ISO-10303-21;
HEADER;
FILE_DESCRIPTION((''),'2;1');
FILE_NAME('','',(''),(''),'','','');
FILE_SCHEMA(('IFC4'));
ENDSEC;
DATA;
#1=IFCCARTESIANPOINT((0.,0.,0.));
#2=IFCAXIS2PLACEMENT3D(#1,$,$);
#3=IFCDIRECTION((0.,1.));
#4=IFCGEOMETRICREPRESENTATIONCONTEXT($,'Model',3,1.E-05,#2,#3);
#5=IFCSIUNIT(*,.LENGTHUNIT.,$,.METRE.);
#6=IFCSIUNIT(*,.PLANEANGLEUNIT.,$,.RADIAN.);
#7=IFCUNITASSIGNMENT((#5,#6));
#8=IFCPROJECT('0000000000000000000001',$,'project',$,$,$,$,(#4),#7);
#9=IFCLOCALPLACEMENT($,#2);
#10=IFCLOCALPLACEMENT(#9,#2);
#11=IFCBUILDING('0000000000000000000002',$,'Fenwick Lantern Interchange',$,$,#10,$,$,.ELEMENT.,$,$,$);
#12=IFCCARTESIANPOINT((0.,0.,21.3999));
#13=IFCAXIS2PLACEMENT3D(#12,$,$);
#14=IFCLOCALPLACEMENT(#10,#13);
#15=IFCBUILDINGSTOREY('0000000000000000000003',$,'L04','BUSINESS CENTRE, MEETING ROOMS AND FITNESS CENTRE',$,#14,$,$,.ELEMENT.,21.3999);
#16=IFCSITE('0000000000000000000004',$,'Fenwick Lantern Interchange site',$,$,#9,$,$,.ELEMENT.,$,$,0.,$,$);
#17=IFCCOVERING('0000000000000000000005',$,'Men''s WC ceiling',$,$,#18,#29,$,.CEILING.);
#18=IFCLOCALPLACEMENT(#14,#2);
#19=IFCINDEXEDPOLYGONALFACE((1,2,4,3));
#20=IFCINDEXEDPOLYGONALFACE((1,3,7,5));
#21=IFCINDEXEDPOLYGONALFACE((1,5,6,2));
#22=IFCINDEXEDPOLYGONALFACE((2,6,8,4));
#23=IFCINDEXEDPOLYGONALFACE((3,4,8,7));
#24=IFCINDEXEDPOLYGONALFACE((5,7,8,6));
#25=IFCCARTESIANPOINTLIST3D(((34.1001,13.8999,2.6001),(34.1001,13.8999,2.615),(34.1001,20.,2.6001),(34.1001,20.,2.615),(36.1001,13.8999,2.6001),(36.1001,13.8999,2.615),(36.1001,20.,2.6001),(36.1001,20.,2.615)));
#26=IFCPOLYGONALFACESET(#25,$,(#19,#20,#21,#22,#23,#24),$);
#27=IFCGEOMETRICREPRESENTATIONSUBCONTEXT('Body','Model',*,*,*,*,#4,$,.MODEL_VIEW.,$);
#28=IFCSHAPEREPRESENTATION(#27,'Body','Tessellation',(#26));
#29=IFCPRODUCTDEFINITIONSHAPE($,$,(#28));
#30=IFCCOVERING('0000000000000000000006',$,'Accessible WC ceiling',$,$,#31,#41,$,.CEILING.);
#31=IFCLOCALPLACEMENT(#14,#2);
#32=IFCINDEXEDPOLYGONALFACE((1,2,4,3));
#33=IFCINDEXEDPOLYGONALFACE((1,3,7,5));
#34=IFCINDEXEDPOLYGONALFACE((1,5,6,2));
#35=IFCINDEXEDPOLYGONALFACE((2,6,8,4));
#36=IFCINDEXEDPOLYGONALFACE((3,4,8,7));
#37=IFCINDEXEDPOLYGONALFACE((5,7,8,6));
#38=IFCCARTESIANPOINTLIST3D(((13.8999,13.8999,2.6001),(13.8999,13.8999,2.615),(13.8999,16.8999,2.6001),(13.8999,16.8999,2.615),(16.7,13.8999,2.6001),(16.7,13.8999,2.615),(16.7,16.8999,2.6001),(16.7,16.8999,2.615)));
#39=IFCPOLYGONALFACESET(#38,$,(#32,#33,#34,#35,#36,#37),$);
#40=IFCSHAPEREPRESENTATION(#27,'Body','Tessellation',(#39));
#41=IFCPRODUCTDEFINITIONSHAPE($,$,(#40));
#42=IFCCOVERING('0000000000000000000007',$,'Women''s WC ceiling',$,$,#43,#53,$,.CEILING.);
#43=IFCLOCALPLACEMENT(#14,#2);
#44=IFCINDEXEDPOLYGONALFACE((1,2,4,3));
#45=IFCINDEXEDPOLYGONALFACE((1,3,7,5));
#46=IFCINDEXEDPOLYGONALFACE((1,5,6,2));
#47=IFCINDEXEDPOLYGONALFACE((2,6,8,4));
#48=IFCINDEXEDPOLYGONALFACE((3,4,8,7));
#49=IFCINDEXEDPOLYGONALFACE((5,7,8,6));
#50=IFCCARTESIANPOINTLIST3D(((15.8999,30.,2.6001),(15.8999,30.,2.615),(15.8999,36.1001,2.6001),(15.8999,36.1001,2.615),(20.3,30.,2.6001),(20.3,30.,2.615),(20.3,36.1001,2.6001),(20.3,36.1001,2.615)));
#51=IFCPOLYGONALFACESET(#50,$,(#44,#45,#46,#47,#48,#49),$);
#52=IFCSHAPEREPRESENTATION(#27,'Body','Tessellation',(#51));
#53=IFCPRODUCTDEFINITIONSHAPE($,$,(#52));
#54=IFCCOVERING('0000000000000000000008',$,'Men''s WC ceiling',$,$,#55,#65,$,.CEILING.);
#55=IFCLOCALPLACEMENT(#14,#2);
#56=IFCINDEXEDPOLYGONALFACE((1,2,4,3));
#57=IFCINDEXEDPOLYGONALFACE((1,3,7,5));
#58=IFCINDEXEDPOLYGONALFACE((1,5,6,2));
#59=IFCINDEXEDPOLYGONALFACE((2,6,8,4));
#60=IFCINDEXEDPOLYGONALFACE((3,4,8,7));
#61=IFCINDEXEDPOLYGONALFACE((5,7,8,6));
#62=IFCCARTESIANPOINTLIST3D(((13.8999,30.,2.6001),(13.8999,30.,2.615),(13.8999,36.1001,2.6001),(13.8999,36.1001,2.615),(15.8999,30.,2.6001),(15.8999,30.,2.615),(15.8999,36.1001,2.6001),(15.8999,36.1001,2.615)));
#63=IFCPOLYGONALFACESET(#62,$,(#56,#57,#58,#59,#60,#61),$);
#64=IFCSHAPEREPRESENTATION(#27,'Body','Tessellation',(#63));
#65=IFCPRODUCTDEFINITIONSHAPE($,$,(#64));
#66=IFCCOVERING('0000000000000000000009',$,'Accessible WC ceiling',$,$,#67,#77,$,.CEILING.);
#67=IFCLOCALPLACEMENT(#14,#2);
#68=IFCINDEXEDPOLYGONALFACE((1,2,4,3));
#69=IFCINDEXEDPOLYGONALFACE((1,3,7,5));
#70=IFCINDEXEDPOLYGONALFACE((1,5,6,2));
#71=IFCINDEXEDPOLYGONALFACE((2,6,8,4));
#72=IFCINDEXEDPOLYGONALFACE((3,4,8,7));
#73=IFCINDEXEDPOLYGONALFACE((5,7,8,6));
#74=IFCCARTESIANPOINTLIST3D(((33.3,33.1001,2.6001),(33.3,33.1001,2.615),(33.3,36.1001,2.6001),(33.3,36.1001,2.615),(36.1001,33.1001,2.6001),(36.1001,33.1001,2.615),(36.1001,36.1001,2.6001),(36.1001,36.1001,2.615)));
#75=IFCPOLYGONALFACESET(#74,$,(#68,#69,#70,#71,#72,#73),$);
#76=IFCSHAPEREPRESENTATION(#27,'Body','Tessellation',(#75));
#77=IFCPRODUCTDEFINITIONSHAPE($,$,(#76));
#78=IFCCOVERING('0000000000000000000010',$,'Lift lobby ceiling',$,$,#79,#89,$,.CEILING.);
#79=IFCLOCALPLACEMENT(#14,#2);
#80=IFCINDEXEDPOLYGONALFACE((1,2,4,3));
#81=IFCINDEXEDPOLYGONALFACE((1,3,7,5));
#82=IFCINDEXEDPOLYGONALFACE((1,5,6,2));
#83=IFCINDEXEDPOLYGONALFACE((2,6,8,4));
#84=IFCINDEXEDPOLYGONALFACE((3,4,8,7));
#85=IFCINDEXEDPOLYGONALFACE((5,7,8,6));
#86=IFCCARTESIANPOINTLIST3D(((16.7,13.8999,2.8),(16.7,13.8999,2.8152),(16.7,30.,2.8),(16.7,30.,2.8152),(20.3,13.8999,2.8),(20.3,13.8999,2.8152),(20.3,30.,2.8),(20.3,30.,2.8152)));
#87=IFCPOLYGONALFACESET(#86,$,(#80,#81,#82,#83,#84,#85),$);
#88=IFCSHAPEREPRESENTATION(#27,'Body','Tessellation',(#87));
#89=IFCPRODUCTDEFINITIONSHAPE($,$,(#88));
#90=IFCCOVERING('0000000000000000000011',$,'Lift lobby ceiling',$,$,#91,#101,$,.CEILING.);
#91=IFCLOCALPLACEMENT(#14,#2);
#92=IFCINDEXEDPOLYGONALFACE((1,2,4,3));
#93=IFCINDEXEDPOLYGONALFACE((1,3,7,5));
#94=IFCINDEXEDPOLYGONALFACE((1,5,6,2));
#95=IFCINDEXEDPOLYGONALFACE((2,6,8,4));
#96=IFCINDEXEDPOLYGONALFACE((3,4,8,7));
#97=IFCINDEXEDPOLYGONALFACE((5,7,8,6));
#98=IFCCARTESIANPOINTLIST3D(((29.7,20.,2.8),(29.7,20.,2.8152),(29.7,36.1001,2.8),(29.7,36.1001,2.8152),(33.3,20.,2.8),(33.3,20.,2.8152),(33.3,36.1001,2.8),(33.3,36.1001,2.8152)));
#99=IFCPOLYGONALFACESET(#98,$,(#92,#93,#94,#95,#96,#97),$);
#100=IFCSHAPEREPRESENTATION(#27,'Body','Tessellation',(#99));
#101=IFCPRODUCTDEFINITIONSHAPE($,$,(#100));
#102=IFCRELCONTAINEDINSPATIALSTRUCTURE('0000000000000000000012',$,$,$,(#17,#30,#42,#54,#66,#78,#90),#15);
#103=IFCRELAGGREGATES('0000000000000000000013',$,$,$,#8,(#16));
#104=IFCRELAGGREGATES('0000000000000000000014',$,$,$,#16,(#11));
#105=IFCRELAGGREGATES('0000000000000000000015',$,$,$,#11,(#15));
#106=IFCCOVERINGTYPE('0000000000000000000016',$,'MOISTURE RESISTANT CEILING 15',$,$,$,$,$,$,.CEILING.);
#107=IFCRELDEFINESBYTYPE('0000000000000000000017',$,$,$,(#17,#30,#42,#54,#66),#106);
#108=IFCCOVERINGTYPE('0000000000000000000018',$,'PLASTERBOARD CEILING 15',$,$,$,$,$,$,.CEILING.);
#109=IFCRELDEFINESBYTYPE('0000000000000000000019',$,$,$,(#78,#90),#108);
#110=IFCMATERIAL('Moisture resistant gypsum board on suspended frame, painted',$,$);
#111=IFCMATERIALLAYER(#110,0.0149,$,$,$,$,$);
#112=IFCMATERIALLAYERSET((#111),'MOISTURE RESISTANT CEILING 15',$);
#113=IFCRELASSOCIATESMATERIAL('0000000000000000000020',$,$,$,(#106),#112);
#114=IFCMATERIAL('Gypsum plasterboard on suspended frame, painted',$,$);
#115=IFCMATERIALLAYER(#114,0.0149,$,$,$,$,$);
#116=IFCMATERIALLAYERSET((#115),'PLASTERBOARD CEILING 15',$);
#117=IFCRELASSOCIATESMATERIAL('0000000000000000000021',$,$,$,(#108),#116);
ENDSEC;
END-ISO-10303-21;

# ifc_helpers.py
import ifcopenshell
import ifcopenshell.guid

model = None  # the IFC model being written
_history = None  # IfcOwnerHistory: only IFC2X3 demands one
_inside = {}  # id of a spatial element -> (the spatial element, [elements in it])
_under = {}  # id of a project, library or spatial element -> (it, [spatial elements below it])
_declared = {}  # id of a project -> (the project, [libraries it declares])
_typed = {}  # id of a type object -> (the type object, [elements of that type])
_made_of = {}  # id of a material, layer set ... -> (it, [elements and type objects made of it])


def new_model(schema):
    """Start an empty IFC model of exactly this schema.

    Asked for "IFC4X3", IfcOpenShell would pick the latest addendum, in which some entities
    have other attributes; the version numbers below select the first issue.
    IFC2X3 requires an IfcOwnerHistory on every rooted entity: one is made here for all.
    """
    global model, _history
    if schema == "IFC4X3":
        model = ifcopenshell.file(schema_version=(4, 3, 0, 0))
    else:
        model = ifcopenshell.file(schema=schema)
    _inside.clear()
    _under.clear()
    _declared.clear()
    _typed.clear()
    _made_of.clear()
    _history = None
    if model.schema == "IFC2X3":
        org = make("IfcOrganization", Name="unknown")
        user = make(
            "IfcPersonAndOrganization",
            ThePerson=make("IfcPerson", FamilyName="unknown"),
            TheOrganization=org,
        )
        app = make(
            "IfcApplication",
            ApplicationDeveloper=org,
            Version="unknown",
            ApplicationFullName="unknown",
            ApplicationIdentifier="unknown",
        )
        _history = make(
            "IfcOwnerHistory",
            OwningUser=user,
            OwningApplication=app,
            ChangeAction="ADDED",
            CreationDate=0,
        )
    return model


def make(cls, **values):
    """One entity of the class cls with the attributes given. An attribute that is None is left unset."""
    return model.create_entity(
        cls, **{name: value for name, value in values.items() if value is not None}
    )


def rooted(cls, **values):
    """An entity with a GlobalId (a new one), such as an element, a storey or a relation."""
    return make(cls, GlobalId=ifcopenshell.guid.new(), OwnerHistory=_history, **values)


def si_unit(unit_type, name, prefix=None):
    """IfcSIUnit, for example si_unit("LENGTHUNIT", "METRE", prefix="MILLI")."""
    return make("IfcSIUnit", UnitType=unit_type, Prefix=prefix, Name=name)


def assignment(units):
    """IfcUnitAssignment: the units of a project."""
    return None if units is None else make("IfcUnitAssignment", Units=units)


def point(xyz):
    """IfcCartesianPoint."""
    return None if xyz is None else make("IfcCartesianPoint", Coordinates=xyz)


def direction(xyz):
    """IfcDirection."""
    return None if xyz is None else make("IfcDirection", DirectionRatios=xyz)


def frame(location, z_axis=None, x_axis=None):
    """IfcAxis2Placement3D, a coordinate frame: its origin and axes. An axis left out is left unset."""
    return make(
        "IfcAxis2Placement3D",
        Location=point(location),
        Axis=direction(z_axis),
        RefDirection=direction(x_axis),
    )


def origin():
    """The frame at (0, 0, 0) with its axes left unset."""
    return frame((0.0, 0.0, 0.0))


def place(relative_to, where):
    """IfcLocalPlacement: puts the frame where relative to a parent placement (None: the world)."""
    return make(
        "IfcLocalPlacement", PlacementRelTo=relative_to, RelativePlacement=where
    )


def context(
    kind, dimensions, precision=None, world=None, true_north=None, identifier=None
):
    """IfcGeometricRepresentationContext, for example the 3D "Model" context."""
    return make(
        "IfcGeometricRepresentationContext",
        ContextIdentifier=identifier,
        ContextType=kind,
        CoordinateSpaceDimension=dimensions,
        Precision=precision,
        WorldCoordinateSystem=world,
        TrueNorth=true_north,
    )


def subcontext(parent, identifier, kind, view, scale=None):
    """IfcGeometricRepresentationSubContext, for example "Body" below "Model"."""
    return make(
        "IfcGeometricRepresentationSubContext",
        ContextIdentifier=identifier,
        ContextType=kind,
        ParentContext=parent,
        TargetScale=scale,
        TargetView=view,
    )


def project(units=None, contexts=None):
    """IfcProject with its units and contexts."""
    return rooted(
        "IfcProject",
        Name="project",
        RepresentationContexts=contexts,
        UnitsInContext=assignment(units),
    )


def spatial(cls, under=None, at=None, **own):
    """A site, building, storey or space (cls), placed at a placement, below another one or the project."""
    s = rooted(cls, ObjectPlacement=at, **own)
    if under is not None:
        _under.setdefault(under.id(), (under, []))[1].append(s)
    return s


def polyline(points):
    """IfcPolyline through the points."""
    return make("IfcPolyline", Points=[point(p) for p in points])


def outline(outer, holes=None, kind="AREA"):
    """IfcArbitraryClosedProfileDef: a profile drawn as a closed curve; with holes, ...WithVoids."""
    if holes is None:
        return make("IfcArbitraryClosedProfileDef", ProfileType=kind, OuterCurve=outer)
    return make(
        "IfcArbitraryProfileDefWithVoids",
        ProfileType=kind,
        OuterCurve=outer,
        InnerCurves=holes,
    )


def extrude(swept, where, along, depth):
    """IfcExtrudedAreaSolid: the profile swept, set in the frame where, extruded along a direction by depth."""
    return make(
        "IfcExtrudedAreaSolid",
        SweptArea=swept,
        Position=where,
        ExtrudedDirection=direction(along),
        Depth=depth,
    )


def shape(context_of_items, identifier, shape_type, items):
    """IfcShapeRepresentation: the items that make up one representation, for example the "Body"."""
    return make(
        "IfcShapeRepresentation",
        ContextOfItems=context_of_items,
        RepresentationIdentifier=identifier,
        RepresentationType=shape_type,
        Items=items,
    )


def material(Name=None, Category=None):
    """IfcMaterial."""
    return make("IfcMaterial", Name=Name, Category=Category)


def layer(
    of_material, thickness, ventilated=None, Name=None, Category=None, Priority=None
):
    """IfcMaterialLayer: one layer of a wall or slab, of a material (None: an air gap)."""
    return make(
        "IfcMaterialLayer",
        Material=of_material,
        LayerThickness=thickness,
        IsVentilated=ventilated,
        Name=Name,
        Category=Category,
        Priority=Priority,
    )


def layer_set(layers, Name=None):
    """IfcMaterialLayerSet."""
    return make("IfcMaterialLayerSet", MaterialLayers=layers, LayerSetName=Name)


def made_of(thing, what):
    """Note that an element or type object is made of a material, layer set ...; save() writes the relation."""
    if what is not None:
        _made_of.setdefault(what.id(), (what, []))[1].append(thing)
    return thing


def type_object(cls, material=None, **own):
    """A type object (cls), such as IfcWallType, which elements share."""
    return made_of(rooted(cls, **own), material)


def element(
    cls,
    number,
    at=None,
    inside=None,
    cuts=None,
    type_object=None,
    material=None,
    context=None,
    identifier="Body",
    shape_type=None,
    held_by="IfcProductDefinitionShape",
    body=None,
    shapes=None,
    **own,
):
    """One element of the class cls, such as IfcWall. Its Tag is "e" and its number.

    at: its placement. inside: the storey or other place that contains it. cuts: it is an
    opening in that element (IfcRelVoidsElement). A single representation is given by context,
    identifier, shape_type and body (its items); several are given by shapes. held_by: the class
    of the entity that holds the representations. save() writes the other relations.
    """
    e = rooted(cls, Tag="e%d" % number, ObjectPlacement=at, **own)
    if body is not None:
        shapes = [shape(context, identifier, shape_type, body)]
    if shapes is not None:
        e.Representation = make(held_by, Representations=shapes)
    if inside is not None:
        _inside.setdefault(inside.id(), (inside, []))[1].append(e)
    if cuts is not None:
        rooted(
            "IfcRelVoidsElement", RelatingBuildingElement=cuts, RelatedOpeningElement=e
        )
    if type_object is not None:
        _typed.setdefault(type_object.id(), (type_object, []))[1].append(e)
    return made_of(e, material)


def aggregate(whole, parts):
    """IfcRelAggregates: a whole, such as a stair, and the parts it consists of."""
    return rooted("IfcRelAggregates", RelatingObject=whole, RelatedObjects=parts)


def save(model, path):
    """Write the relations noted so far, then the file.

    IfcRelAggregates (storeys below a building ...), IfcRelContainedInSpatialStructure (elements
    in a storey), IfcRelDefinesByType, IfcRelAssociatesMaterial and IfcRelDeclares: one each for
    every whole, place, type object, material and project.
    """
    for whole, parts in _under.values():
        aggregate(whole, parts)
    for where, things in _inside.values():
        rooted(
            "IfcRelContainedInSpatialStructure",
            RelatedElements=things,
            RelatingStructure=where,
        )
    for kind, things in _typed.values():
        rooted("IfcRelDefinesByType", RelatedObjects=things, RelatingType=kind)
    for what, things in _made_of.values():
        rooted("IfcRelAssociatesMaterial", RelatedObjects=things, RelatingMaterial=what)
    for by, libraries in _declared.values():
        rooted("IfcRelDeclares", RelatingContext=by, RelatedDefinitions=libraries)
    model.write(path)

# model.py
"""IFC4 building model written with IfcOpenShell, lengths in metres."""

from ifc_helpers import new_model, si_unit, direction, frame, origin, place, context, subcontext, project, spatial, polyline, outline, extrude, material, layer, layer_set, type_object, element, save


model = new_model("IFC4")

# Units and contexts
model_context = context("Model", 3, precision=1e-05, world=origin(), true_north=direction((0.0, 1.0)))
body_context = subcontext(model_context, "Body", "Model", "MODEL_VIEW")
ifc_project = project(units=[si_unit("LENGTHUNIT", "METRE"), si_unit("PLANEANGLEUNIT", "RADIAN")], contexts=[model_context])

# Site, building, storey
site_placement = place(None, origin())
site = spatial("IfcSite", under=ifc_project, at=site_placement, Name="Fenwick Lantern Interchange site", CompositionType="ELEMENT", RefElevation=0.0)
building_placement = place(site_placement, origin())
building = spatial("IfcBuilding", under=site, at=building_placement, Name="Fenwick Lantern Interchange", CompositionType="ELEMENT")
storey_placement = place(building_placement, frame((0.0, 0.0, 21.3999)))
storey = spatial("IfcBuildingStorey", under=building, at=storey_placement, Name="L04", Description="BUSINESS CENTRE, MEETING ROOMS AND FITNESS CENTRE", CompositionType="ELEMENT", Elevation=21.3999)

# Coverings
ifc_material_1 = material(Name="Moisture resistant gypsum board on suspended frame, painted")
ifc_layer_1 = layer(ifc_material_1, 0.0149)
ifc_layer_set_1 = layer_set([ifc_layer_1], Name="MOISTURE RESISTANT CEILING 15")
covering_type_1 = type_object("IfcCoveringType", Name="MOISTURE RESISTANT CEILING 15", PredefinedType="CEILING", material=ifc_layer_set_1)
covering_1_placement = place(storey_placement, frame((0.0, 0.0, 2.6001)))
element("IfcCovering", 1, at=covering_1_placement, inside=storey, type_object=covering_type_1, Name="Men's WC ceiling", PredefinedType="CEILING", context=body_context, shape_type="SweptSolid", body=[
    extrude(outline(polyline([(34.1001, 13.8999), (36.1001, 13.8999), (36.1001, 20.0), (34.1001, 20.0), (34.1001, 13.8999)])), origin(), (0.0, 0.0, 1.0), 0.0149),
])
covering_2_placement = place(storey_placement, frame((0.0, 0.0, 2.6001)))
element("IfcCovering", 2, at=covering_2_placement, inside=storey, type_object=covering_type_1, Name="Accessible WC ceiling", PredefinedType="CEILING", context=body_context, shape_type="SweptSolid", body=[
    extrude(outline(polyline([(13.8999, 13.8999), (16.7, 13.8999), (16.7, 16.8999), (13.8999, 16.8999), (13.8999, 13.8999)])), origin(), (0.0, 0.0, 1.0), 0.0149),
])
covering_3_placement = place(storey_placement, frame((0.0, 0.0, 2.6001)))
element("IfcCovering", 3, at=covering_3_placement, inside=storey, type_object=covering_type_1, Name="Women's WC ceiling", PredefinedType="CEILING", context=body_context, shape_type="SweptSolid", body=[
    extrude(outline(polyline([(20.3, 36.1001), (15.8999, 36.1001), (15.8999, 30.0), (20.3, 30.0), (20.3, 36.1001)])), origin(), (0.0, 0.0, 1.0), 0.0149),
])
covering_4_placement = place(storey_placement, frame((0.0, 0.0, 2.6001)))
element("IfcCovering", 4, at=covering_4_placement, inside=storey, type_object=covering_type_1, Name="Men's WC ceiling", PredefinedType="CEILING", context=body_context, shape_type="SweptSolid", body=[
    extrude(outline(polyline([(15.8999, 36.1001), (13.8999, 36.1001), (13.8999, 30.0), (15.8999, 30.0), (15.8999, 36.1001)])), origin(), (0.0, 0.0, 1.0), 0.0149),
])
covering_5_placement = place(storey_placement, frame((0.0, 0.0, 2.6001)))
element("IfcCovering", 5, at=covering_5_placement, inside=storey, type_object=covering_type_1, Name="Accessible WC ceiling", PredefinedType="CEILING", context=body_context, shape_type="SweptSolid", body=[
    extrude(outline(polyline([(36.1001, 36.1001), (33.3, 36.1001), (33.3, 33.1001), (36.1001, 33.1001), (36.1001, 36.1001)])), origin(), (0.0, 0.0, 1.0), 0.0149),
])
ifc_material_2 = material(Name="Gypsum plasterboard on suspended frame, painted")
ifc_layer_2 = layer(ifc_material_2, 0.0149)
ifc_layer_set_2 = layer_set([ifc_layer_2], Name="PLASTERBOARD CEILING 15")
covering_type_2 = type_object("IfcCoveringType", Name="PLASTERBOARD CEILING 15", PredefinedType="CEILING", material=ifc_layer_set_2)
covering_6_placement = place(storey_placement, frame((0.0, 0.0, 2.8)))
element("IfcCovering", 6, at=covering_6_placement, inside=storey, type_object=covering_type_2, Name="Lift lobby ceiling", PredefinedType="CEILING", context=body_context, shape_type="SweptSolid", body=[
    extrude(outline(polyline([(16.7, 13.8999), (20.3, 13.8999), (20.3, 30.0), (16.7, 30.0), (16.7, 13.8999)])), origin(), (0.0, 0.0, 1.0), 0.0151),
])
covering_7_placement = place(storey_placement, frame((0.0, 0.0, 2.8)))
element("IfcCovering", 7, at=covering_7_placement, inside=storey, type_object=covering_type_2, Name="Lift lobby ceiling", PredefinedType="CEILING", context=body_context, shape_type="SweptSolid", body=[
    extrude(outline(polyline([(33.3, 36.1001), (29.7, 36.1001), (29.7, 20.0), (33.3, 20.0), (33.3, 36.1001)])), origin(), (0.0, 0.0, 1.0), 0.0151),
])

save(model, "model.ifc")
